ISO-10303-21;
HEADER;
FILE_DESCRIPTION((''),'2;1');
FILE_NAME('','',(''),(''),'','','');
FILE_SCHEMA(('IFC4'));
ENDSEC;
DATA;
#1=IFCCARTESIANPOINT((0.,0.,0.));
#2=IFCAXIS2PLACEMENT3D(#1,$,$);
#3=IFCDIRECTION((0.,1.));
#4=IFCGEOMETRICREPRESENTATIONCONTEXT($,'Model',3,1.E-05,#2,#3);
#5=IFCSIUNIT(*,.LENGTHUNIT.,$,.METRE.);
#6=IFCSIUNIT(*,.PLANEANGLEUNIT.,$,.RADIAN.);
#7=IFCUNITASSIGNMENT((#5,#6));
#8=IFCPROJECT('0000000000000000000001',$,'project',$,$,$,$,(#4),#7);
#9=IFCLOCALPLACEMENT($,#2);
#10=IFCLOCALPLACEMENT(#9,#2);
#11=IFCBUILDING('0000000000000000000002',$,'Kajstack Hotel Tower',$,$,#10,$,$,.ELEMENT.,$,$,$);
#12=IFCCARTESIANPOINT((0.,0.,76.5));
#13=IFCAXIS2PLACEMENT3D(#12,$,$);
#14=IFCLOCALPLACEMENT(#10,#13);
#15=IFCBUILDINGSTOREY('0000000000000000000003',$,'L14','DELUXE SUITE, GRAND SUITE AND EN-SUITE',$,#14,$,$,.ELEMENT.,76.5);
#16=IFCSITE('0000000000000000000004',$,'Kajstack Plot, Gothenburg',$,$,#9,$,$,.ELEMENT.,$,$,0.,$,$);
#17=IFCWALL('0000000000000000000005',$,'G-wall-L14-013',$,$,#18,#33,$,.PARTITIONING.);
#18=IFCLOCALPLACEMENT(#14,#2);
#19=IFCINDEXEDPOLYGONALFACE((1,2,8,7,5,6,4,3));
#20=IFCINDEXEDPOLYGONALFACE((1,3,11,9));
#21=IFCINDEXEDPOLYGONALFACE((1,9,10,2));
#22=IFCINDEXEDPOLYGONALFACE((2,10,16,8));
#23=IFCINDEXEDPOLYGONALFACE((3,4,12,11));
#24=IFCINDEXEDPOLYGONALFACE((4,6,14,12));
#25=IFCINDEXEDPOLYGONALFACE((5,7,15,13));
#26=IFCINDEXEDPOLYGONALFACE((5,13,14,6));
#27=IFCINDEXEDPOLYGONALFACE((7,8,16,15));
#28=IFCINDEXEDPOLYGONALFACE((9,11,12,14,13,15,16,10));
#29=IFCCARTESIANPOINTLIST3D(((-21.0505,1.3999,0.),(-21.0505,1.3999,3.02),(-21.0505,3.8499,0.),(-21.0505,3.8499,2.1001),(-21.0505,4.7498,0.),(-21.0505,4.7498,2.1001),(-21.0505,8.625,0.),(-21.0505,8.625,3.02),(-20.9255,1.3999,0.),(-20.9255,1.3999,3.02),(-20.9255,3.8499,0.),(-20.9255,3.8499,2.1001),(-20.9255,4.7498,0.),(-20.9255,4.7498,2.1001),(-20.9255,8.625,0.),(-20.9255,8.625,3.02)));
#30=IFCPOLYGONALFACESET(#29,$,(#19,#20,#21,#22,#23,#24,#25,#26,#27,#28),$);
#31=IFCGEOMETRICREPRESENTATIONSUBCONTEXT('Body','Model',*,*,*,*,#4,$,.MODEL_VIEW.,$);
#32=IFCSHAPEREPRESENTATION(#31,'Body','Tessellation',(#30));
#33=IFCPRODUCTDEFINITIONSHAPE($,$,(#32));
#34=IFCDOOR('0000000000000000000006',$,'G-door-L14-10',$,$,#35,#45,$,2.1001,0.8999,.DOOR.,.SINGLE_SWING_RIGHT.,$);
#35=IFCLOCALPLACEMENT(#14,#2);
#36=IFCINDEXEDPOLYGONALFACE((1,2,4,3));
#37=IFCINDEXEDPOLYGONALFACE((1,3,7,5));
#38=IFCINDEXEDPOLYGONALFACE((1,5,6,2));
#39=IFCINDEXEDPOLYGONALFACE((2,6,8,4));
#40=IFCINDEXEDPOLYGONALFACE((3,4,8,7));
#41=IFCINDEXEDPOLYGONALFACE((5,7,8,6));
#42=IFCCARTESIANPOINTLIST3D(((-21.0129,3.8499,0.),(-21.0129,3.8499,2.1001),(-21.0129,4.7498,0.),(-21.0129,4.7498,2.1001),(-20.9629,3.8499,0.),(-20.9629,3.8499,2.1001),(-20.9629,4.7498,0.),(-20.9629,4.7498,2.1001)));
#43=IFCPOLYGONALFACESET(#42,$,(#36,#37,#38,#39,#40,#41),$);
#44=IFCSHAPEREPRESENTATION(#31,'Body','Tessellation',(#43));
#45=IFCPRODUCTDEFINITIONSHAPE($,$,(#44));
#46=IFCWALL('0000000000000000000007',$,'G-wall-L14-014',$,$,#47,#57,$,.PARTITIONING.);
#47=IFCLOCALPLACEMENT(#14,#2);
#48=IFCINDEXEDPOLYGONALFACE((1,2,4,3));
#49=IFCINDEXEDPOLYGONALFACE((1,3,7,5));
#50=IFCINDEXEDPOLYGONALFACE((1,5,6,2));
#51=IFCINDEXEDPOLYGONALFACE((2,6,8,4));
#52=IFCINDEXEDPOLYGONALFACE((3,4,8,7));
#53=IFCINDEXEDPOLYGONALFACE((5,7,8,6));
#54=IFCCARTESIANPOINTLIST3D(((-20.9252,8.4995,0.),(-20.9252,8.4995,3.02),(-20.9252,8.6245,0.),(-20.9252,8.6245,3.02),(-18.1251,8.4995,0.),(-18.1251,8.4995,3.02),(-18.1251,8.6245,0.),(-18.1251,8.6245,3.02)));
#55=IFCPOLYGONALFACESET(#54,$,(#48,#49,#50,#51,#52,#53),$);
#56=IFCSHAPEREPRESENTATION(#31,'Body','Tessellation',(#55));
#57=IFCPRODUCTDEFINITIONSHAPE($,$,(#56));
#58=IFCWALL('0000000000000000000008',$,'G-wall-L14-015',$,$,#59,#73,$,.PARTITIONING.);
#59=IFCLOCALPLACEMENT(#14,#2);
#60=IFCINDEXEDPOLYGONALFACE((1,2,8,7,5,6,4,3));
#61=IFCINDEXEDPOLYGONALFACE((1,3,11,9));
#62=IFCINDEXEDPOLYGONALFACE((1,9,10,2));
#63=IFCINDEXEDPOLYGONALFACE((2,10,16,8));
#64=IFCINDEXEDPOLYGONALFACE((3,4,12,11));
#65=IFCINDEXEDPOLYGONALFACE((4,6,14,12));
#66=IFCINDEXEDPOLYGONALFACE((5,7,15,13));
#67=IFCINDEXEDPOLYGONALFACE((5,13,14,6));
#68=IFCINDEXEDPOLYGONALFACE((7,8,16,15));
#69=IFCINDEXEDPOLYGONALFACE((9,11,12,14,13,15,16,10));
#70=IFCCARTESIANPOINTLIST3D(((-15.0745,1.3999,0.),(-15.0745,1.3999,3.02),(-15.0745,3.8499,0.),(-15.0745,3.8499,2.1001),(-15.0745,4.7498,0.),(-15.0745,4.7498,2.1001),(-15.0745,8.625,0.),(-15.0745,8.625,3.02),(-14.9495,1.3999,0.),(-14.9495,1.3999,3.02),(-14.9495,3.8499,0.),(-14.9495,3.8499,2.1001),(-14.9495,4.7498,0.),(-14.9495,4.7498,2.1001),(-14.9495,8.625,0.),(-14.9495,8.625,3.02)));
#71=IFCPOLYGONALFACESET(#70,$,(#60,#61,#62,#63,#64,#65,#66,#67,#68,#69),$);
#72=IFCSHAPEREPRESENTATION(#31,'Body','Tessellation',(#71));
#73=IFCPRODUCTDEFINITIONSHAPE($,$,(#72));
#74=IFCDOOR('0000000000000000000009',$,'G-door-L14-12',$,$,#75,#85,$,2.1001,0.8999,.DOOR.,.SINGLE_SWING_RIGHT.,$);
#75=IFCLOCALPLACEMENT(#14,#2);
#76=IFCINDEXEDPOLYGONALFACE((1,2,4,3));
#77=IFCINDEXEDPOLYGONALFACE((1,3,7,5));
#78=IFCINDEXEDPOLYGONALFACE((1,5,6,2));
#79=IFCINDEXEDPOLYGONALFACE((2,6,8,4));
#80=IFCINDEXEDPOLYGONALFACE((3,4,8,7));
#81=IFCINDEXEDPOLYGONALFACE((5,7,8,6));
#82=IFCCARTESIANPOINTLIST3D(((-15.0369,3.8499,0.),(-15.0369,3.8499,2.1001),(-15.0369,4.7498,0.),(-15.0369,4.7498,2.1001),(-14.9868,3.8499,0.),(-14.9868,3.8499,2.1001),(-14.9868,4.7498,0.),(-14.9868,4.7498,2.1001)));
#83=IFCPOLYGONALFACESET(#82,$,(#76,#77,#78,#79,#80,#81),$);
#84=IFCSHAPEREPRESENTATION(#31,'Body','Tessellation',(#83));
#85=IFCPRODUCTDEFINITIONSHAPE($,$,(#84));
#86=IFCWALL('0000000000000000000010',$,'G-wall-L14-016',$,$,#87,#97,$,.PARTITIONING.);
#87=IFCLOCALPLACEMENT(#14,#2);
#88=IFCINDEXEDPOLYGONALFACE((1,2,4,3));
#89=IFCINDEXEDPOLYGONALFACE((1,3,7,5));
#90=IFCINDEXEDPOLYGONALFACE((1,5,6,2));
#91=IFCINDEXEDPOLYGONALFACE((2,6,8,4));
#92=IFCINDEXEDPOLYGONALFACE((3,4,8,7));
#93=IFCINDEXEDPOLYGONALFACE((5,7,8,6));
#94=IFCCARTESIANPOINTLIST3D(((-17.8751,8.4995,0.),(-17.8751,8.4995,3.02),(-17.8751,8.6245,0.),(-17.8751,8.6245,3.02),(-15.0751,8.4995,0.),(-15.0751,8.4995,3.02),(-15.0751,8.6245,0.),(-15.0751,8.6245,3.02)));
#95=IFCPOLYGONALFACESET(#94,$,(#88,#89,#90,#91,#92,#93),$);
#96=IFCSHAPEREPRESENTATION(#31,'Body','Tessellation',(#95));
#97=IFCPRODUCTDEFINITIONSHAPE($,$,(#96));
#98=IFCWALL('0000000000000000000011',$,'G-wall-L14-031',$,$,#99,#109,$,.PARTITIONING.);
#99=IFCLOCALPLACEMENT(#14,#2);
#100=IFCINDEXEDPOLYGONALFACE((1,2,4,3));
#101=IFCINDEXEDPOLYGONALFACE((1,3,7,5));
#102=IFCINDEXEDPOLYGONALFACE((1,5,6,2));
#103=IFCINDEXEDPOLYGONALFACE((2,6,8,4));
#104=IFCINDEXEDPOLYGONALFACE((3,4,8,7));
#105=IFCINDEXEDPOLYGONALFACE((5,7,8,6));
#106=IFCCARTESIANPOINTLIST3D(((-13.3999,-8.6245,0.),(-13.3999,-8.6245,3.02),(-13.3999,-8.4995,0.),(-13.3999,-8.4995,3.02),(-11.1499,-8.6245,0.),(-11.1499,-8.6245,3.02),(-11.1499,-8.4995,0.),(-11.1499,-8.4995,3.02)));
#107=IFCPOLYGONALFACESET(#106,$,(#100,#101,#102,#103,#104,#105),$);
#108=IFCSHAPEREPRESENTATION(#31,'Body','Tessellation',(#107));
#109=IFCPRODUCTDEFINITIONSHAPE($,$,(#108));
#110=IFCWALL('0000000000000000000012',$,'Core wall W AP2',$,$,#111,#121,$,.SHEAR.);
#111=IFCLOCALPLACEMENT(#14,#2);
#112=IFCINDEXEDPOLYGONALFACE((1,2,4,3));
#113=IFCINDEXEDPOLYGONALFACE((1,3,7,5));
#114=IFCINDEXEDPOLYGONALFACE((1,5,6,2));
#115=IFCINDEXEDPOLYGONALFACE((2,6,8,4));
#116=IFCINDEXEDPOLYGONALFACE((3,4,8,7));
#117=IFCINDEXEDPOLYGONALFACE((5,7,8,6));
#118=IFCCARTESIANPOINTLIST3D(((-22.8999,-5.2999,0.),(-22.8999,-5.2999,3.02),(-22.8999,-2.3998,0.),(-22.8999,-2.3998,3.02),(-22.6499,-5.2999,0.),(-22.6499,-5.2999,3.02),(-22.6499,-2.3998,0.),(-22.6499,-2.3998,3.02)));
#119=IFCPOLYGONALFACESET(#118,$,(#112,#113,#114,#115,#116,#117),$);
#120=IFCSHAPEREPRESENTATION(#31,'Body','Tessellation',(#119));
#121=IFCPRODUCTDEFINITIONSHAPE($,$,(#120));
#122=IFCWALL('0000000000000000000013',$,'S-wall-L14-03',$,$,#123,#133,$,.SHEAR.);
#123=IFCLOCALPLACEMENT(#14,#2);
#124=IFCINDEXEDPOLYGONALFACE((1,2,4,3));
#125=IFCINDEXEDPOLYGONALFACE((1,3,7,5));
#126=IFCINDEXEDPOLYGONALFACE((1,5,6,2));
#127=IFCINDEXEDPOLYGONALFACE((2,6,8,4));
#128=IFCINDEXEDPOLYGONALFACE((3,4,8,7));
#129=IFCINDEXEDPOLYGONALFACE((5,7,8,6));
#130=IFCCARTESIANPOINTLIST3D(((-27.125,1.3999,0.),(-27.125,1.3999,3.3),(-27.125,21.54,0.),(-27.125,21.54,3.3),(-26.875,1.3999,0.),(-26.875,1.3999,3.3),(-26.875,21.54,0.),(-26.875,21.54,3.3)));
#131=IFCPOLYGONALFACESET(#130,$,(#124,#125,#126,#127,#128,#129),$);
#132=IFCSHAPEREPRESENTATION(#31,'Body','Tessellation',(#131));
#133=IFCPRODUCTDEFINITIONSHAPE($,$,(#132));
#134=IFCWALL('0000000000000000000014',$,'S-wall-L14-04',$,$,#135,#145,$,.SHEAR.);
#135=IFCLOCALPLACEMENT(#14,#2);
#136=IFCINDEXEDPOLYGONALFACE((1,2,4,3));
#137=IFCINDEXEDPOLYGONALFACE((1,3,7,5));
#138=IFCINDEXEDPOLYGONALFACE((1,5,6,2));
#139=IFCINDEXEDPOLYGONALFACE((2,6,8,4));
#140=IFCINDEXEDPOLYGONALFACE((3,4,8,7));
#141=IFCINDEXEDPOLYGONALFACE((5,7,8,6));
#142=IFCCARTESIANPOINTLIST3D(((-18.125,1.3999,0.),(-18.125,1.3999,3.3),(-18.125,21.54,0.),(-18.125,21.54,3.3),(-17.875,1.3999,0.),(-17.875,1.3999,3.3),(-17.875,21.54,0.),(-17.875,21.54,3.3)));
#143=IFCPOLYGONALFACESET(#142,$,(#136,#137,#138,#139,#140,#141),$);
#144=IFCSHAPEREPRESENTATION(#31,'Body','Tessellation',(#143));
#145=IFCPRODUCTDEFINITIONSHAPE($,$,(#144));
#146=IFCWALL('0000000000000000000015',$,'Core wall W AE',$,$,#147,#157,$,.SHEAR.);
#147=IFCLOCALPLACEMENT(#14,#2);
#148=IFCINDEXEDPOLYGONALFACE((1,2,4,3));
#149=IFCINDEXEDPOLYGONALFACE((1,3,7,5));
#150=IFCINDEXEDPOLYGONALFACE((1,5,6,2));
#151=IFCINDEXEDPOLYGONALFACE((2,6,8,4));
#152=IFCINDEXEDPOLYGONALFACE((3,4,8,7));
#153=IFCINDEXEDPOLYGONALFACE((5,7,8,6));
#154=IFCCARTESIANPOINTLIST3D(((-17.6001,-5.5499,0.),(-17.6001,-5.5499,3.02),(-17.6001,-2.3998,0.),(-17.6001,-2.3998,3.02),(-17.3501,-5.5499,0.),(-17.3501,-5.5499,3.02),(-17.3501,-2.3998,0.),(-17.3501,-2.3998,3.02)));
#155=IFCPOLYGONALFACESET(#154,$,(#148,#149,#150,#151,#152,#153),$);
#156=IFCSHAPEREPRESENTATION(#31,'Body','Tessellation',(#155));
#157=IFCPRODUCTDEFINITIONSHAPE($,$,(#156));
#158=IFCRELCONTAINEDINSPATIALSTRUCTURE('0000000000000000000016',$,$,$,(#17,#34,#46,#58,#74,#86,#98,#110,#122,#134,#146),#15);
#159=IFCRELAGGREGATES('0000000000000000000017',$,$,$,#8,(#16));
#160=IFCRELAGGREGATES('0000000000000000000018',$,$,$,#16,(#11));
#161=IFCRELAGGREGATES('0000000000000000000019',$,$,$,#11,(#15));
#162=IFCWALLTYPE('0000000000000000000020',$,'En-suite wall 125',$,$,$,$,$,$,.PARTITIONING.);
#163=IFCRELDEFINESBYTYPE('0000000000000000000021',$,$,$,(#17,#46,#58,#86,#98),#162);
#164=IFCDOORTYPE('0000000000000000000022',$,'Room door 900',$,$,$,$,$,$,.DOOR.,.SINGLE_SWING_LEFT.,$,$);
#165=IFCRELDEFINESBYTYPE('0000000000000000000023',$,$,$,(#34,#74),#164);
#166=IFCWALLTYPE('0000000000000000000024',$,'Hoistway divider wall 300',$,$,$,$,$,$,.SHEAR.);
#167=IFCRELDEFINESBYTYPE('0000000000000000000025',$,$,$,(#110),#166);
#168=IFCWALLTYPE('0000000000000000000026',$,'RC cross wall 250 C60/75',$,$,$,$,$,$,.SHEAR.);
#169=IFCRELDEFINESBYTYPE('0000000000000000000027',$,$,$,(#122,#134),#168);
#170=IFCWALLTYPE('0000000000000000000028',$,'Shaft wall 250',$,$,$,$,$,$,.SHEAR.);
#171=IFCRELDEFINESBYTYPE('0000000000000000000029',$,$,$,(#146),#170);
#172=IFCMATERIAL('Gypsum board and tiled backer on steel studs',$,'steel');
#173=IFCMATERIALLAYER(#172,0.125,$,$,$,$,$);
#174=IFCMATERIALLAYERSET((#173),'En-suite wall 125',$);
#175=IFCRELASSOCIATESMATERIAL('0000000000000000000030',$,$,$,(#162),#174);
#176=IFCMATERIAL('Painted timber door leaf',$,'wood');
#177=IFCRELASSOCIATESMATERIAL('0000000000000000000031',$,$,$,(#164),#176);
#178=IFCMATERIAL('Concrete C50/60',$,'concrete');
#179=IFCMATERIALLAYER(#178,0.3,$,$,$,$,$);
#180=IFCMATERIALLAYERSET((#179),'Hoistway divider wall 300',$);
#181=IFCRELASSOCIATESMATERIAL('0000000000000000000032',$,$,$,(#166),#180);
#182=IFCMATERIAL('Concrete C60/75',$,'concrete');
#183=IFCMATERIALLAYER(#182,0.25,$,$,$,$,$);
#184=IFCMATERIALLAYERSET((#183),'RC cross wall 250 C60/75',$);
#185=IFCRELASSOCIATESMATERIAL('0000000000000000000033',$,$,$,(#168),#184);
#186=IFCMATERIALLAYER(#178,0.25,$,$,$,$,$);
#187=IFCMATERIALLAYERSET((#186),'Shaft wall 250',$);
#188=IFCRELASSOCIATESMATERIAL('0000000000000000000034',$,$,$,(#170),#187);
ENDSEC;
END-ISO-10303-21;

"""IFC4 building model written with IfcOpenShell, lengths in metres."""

from ifc_helpers import new_model, si_unit, direction, frame, frame_2d, origin, place, context, subcontext, project, spatial, rectangle, extrude, material, layer, layer_set, type_object, element, fill, save


model = new_model("IFC4")

# Units and contexts
model_context = context("Model", 3, precision=1e-05, world=origin(), true_north=direction((0.0, 1.0)))
body_context = subcontext(model_context, "Body", "Model", "MODEL_VIEW")
ifc_project = project(units=[si_unit("LENGTHUNIT", "METRE"), si_unit("PLANEANGLEUNIT", "RADIAN")], contexts=[model_context])

# Site, building, storey
site_placement = place(None, origin())
site = spatial("IfcSite", under=ifc_project, at=site_placement, Name="Kajstack Plot, Gothenburg", CompositionType="ELEMENT", RefElevation=0.0)
building_placement = place(site_placement, origin())
building = spatial("IfcBuilding", under=site, at=building_placement, Name="Kajstack Hotel Tower", CompositionType="ELEMENT")
storey_placement = place(building_placement, frame((0.0, 0.0, 76.5)))
storey = spatial("IfcBuildingStorey", under=building, at=storey_placement, Name="L14", Description="DELUXE SUITE, GRAND SUITE AND EN-SUITE", CompositionType="ELEMENT", Elevation=76.5)

# Wall, opening, door
ifc_material_1 = material(Name="Gypsum board and tiled backer on steel studs", Category="steel")
ifc_layer_1 = layer(ifc_material_1, 0.125)
ifc_layer_set_1 = layer_set([ifc_layer_1], Name="En-suite wall 125")
wall_type_1 = type_object("IfcWallType", Name="En-suite wall 125", PredefinedType="PARTITIONING", material=ifc_layer_set_1)
wall_1_placement = place(storey_placement, frame((-20.988, 1.3999, 0.0), z_axis=(0.0, 0.0, 1.0), x_axis=(0.0, 1.0, 0.0)))
wall_1 = element("IfcWall", 1, at=wall_1_placement, inside=storey, type_object=wall_type_1, Name="G-wall-L14-013", PredefinedType="PARTITIONING", context=body_context, shape_type="SweptSolid", body=[
    extrude(rectangle(XDim=7.2251, YDim=0.125, at=frame_2d((3.6125, 0.0))), origin(), (0.0, 0.0, 1.0), 3.02),
])
opening_1_placement = place(wall_1_placement, frame((2.45, 0.0, 0.0)))
opening_1 = element("IfcOpeningElement", 2, at=opening_1_placement, cuts=wall_1, PredefinedType="OPENING", context=body_context, shape_type="SweptSolid", body=[
    extrude(rectangle(XDim=0.8999, YDim=2.1001, at=frame_2d((0.45, 1.05))), frame((0.0, 0.0725, 0.0), z_axis=(0.0, -1.0, 0.0), x_axis=(1.0, 0.0, 0.0)), (0.0, 0.0, 1.0), 0.145),
])
ifc_material_2 = material(Name="Painted timber door leaf", Category="wood")
door_type_1 = type_object("IfcDoorType", Name="Room door 900", OperationType="SINGLE_SWING_LEFT", PredefinedType="DOOR", material=ifc_material_2)
door_1_placement = place(opening_1_placement, origin())
door_1 = element("IfcDoor", 3, at=door_1_placement, inside=storey, type_object=door_type_1, Name="G-door-L14-10", OperationType="SINGLE_SWING_RIGHT", OverallHeight=2.1001, OverallWidth=0.8999, PredefinedType="DOOR", context=body_context, shape_type="SweptSolid", body=[
    extrude(rectangle(XDim=0.8999, YDim=2.1001, at=frame_2d((0.45, 1.05))), frame((0.0, 0.0249, 0.0), z_axis=(0.0, -1.0, 0.0), x_axis=(1.0, 0.0, 0.0)), (0.0, 0.0, 1.0), 0.05),
])
fill(opening_1, door_1)

# Wall
wall_2_placement = place(storey_placement, frame((-20.925, 8.562, 0.0), z_axis=(0.0, 0.0, 1.0), x_axis=(1.0, 0.0, 0.0)))
element("IfcWall", 4, at=wall_2_placement, inside=storey, type_object=wall_type_1, Name="G-wall-L14-014", PredefinedType="PARTITIONING", context=body_context, shape_type="SweptSolid", body=[
    extrude(rectangle(XDim=2.8, YDim=0.125, at=frame_2d((1.3999, 0.0))), origin(), (0.0, 0.0, 1.0), 3.02),
])

# Wall, opening, door
wall_3_placement = place(storey_placement, frame((-15.012, 1.3999, 0.0), z_axis=(0.0, 0.0, 1.0), x_axis=(0.0, 1.0, 0.0)))
wall_3 = element("IfcWall", 5, at=wall_3_placement, inside=storey, type_object=wall_type_1, Name="G-wall-L14-015", PredefinedType="PARTITIONING", context=body_context, shape_type="SweptSolid", body=[
    extrude(rectangle(XDim=7.2251, YDim=0.125, at=frame_2d((3.6125, 0.0))), origin(), (0.0, 0.0, 1.0), 3.02),
])
opening_2_placement = place(wall_3_placement, frame((2.45, 0.0, 0.0)))
opening_2 = element("IfcOpeningElement", 6, at=opening_2_placement, cuts=wall_3, PredefinedType="OPENING", context=body_context, shape_type="SweptSolid", body=[
    extrude(rectangle(XDim=0.8999, YDim=2.1001, at=frame_2d((0.45, 1.05))), frame((0.0, 0.0725, 0.0), z_axis=(0.0, -1.0, 0.0), x_axis=(1.0, 0.0, 0.0)), (0.0, 0.0, 1.0), 0.145),
])
door_2_placement = place(opening_2_placement, origin())
door_2 = element("IfcDoor", 7, at=door_2_placement, inside=storey, type_object=door_type_1, Name="G-door-L14-12", OperationType="SINGLE_SWING_RIGHT", OverallHeight=2.1001, OverallWidth=0.8999, PredefinedType="DOOR", context=body_context, shape_type="SweptSolid", body=[
    extrude(rectangle(XDim=0.8999, YDim=2.1001, at=frame_2d((0.45, 1.05))), frame((0.0, 0.0249, 0.0), z_axis=(0.0, -1.0, 0.0), x_axis=(1.0, 0.0, 0.0)), (0.0, 0.0, 1.0), 0.05),
])
fill(opening_2, door_2)

# Walls
wall_4_placement = place(storey_placement, frame((-17.875, 8.562, 0.0), z_axis=(0.0, 0.0, 1.0), x_axis=(1.0, 0.0, 0.0)))
element("IfcWall", 8, at=wall_4_placement, inside=storey, type_object=wall_type_1, Name="G-wall-L14-016", PredefinedType="PARTITIONING", context=body_context, shape_type="SweptSolid", body=[
    extrude(rectangle(XDim=2.8, YDim=0.125, at=frame_2d((1.3999, 0.0))), origin(), (0.0, 0.0, 1.0), 3.02),
])
wall_5_placement = place(storey_placement, frame((-13.3999, -8.562, 0.0), z_axis=(0.0, 0.0, 1.0), x_axis=(1.0, 0.0, 0.0)))
element("IfcWall", 9, at=wall_5_placement, inside=storey, type_object=wall_type_1, Name="G-wall-L14-031", PredefinedType="PARTITIONING", context=body_context, shape_type="SweptSolid", body=[
    extrude(rectangle(XDim=2.25, YDim=0.125, at=frame_2d((1.125, 0.0))), origin(), (0.0, 0.0, 1.0), 3.02),
])
ifc_material_3 = material(Name="Concrete C50/60", Category="concrete")
ifc_layer_2 = layer(ifc_material_3, 0.3)
ifc_layer_set_2 = layer_set([ifc_layer_2], Name="Hoistway divider wall 300")
wall_type_2 = type_object("IfcWallType", Name="Hoistway divider wall 300", PredefinedType="SHEAR", material=ifc_layer_set_2)
wall_6_placement = place(storey_placement, frame((-22.7749, -5.3, 0.0), z_axis=(0.0, 0.0, 1.0), x_axis=(0.0, 1.0, 0.0)))
element("IfcWall", 10, at=wall_6_placement, inside=storey, type_object=wall_type_2, Name="Core wall W AP2", PredefinedType="SHEAR", context=body_context, shape_type="SweptSolid", body=[
    extrude(rectangle(XDim=2.9001, YDim=0.25, at=frame_2d((1.4502, 0.0))), origin(), (0.0, 0.0, 1.0), 3.02),
])
ifc_material_4 = material(Name="Concrete C60/75", Category="concrete")
ifc_layer_3 = layer(ifc_material_4, 0.25)
ifc_layer_set_3 = layer_set([ifc_layer_3], Name="RC cross wall 250 C60/75")
wall_type_3 = type_object("IfcWallType", Name="RC cross wall 250 C60/75", PredefinedType="SHEAR", material=ifc_layer_set_3)
for number, where, z_axis, x_axis, name in (
    (11, (-27.0, 1.3999, 0.0), (0.0, 0.0, 1.0), (0.0, 1.0, 0.0), "S-wall-L14-03"),
    (12, (-18.0, 1.3999, 0.0), (0.0, 0.0, 1.0), (0.0, 1.0, 0.0), "S-wall-L14-04"),
):
    element("IfcWall", number, at=place(storey_placement, frame(where, z_axis=z_axis, x_axis=x_axis)), inside=storey, type_object=wall_type_3, Name=name, PredefinedType="SHEAR", context=body_context, shape_type="SweptSolid", body=[
        extrude(rectangle(XDim=20.1401, YDim=0.25, at=frame_2d((10.0701, 0.0))), origin(), (0.0, 0.0, 1.0), 3.3),
    ])
ifc_layer_4 = layer(ifc_material_3, 0.25)
ifc_layer_set_4 = layer_set([ifc_layer_4], Name="Shaft wall 250")
wall_type_4 = type_object("IfcWallType", Name="Shaft wall 250", PredefinedType="SHEAR", material=ifc_layer_set_4)
wall_7_placement = place(storey_placement, frame((-17.4751, -5.55, 0.0), z_axis=(0.0, 0.0, 1.0), x_axis=(0.0, 1.0, 0.0)))
element("IfcWall", 13, at=wall_7_placement, inside=storey, type_object=wall_type_4, Name="Core wall W AE", PredefinedType="SHEAR", context=body_context, shape_type="SweptSolid", body=[
    extrude(rectangle(XDim=3.1501, YDim=0.25, at=frame_2d((1.5752, 0.0))), origin(), (0.0, 0.0, 1.0), 3.02),
])

save(model, "model.ifc")
